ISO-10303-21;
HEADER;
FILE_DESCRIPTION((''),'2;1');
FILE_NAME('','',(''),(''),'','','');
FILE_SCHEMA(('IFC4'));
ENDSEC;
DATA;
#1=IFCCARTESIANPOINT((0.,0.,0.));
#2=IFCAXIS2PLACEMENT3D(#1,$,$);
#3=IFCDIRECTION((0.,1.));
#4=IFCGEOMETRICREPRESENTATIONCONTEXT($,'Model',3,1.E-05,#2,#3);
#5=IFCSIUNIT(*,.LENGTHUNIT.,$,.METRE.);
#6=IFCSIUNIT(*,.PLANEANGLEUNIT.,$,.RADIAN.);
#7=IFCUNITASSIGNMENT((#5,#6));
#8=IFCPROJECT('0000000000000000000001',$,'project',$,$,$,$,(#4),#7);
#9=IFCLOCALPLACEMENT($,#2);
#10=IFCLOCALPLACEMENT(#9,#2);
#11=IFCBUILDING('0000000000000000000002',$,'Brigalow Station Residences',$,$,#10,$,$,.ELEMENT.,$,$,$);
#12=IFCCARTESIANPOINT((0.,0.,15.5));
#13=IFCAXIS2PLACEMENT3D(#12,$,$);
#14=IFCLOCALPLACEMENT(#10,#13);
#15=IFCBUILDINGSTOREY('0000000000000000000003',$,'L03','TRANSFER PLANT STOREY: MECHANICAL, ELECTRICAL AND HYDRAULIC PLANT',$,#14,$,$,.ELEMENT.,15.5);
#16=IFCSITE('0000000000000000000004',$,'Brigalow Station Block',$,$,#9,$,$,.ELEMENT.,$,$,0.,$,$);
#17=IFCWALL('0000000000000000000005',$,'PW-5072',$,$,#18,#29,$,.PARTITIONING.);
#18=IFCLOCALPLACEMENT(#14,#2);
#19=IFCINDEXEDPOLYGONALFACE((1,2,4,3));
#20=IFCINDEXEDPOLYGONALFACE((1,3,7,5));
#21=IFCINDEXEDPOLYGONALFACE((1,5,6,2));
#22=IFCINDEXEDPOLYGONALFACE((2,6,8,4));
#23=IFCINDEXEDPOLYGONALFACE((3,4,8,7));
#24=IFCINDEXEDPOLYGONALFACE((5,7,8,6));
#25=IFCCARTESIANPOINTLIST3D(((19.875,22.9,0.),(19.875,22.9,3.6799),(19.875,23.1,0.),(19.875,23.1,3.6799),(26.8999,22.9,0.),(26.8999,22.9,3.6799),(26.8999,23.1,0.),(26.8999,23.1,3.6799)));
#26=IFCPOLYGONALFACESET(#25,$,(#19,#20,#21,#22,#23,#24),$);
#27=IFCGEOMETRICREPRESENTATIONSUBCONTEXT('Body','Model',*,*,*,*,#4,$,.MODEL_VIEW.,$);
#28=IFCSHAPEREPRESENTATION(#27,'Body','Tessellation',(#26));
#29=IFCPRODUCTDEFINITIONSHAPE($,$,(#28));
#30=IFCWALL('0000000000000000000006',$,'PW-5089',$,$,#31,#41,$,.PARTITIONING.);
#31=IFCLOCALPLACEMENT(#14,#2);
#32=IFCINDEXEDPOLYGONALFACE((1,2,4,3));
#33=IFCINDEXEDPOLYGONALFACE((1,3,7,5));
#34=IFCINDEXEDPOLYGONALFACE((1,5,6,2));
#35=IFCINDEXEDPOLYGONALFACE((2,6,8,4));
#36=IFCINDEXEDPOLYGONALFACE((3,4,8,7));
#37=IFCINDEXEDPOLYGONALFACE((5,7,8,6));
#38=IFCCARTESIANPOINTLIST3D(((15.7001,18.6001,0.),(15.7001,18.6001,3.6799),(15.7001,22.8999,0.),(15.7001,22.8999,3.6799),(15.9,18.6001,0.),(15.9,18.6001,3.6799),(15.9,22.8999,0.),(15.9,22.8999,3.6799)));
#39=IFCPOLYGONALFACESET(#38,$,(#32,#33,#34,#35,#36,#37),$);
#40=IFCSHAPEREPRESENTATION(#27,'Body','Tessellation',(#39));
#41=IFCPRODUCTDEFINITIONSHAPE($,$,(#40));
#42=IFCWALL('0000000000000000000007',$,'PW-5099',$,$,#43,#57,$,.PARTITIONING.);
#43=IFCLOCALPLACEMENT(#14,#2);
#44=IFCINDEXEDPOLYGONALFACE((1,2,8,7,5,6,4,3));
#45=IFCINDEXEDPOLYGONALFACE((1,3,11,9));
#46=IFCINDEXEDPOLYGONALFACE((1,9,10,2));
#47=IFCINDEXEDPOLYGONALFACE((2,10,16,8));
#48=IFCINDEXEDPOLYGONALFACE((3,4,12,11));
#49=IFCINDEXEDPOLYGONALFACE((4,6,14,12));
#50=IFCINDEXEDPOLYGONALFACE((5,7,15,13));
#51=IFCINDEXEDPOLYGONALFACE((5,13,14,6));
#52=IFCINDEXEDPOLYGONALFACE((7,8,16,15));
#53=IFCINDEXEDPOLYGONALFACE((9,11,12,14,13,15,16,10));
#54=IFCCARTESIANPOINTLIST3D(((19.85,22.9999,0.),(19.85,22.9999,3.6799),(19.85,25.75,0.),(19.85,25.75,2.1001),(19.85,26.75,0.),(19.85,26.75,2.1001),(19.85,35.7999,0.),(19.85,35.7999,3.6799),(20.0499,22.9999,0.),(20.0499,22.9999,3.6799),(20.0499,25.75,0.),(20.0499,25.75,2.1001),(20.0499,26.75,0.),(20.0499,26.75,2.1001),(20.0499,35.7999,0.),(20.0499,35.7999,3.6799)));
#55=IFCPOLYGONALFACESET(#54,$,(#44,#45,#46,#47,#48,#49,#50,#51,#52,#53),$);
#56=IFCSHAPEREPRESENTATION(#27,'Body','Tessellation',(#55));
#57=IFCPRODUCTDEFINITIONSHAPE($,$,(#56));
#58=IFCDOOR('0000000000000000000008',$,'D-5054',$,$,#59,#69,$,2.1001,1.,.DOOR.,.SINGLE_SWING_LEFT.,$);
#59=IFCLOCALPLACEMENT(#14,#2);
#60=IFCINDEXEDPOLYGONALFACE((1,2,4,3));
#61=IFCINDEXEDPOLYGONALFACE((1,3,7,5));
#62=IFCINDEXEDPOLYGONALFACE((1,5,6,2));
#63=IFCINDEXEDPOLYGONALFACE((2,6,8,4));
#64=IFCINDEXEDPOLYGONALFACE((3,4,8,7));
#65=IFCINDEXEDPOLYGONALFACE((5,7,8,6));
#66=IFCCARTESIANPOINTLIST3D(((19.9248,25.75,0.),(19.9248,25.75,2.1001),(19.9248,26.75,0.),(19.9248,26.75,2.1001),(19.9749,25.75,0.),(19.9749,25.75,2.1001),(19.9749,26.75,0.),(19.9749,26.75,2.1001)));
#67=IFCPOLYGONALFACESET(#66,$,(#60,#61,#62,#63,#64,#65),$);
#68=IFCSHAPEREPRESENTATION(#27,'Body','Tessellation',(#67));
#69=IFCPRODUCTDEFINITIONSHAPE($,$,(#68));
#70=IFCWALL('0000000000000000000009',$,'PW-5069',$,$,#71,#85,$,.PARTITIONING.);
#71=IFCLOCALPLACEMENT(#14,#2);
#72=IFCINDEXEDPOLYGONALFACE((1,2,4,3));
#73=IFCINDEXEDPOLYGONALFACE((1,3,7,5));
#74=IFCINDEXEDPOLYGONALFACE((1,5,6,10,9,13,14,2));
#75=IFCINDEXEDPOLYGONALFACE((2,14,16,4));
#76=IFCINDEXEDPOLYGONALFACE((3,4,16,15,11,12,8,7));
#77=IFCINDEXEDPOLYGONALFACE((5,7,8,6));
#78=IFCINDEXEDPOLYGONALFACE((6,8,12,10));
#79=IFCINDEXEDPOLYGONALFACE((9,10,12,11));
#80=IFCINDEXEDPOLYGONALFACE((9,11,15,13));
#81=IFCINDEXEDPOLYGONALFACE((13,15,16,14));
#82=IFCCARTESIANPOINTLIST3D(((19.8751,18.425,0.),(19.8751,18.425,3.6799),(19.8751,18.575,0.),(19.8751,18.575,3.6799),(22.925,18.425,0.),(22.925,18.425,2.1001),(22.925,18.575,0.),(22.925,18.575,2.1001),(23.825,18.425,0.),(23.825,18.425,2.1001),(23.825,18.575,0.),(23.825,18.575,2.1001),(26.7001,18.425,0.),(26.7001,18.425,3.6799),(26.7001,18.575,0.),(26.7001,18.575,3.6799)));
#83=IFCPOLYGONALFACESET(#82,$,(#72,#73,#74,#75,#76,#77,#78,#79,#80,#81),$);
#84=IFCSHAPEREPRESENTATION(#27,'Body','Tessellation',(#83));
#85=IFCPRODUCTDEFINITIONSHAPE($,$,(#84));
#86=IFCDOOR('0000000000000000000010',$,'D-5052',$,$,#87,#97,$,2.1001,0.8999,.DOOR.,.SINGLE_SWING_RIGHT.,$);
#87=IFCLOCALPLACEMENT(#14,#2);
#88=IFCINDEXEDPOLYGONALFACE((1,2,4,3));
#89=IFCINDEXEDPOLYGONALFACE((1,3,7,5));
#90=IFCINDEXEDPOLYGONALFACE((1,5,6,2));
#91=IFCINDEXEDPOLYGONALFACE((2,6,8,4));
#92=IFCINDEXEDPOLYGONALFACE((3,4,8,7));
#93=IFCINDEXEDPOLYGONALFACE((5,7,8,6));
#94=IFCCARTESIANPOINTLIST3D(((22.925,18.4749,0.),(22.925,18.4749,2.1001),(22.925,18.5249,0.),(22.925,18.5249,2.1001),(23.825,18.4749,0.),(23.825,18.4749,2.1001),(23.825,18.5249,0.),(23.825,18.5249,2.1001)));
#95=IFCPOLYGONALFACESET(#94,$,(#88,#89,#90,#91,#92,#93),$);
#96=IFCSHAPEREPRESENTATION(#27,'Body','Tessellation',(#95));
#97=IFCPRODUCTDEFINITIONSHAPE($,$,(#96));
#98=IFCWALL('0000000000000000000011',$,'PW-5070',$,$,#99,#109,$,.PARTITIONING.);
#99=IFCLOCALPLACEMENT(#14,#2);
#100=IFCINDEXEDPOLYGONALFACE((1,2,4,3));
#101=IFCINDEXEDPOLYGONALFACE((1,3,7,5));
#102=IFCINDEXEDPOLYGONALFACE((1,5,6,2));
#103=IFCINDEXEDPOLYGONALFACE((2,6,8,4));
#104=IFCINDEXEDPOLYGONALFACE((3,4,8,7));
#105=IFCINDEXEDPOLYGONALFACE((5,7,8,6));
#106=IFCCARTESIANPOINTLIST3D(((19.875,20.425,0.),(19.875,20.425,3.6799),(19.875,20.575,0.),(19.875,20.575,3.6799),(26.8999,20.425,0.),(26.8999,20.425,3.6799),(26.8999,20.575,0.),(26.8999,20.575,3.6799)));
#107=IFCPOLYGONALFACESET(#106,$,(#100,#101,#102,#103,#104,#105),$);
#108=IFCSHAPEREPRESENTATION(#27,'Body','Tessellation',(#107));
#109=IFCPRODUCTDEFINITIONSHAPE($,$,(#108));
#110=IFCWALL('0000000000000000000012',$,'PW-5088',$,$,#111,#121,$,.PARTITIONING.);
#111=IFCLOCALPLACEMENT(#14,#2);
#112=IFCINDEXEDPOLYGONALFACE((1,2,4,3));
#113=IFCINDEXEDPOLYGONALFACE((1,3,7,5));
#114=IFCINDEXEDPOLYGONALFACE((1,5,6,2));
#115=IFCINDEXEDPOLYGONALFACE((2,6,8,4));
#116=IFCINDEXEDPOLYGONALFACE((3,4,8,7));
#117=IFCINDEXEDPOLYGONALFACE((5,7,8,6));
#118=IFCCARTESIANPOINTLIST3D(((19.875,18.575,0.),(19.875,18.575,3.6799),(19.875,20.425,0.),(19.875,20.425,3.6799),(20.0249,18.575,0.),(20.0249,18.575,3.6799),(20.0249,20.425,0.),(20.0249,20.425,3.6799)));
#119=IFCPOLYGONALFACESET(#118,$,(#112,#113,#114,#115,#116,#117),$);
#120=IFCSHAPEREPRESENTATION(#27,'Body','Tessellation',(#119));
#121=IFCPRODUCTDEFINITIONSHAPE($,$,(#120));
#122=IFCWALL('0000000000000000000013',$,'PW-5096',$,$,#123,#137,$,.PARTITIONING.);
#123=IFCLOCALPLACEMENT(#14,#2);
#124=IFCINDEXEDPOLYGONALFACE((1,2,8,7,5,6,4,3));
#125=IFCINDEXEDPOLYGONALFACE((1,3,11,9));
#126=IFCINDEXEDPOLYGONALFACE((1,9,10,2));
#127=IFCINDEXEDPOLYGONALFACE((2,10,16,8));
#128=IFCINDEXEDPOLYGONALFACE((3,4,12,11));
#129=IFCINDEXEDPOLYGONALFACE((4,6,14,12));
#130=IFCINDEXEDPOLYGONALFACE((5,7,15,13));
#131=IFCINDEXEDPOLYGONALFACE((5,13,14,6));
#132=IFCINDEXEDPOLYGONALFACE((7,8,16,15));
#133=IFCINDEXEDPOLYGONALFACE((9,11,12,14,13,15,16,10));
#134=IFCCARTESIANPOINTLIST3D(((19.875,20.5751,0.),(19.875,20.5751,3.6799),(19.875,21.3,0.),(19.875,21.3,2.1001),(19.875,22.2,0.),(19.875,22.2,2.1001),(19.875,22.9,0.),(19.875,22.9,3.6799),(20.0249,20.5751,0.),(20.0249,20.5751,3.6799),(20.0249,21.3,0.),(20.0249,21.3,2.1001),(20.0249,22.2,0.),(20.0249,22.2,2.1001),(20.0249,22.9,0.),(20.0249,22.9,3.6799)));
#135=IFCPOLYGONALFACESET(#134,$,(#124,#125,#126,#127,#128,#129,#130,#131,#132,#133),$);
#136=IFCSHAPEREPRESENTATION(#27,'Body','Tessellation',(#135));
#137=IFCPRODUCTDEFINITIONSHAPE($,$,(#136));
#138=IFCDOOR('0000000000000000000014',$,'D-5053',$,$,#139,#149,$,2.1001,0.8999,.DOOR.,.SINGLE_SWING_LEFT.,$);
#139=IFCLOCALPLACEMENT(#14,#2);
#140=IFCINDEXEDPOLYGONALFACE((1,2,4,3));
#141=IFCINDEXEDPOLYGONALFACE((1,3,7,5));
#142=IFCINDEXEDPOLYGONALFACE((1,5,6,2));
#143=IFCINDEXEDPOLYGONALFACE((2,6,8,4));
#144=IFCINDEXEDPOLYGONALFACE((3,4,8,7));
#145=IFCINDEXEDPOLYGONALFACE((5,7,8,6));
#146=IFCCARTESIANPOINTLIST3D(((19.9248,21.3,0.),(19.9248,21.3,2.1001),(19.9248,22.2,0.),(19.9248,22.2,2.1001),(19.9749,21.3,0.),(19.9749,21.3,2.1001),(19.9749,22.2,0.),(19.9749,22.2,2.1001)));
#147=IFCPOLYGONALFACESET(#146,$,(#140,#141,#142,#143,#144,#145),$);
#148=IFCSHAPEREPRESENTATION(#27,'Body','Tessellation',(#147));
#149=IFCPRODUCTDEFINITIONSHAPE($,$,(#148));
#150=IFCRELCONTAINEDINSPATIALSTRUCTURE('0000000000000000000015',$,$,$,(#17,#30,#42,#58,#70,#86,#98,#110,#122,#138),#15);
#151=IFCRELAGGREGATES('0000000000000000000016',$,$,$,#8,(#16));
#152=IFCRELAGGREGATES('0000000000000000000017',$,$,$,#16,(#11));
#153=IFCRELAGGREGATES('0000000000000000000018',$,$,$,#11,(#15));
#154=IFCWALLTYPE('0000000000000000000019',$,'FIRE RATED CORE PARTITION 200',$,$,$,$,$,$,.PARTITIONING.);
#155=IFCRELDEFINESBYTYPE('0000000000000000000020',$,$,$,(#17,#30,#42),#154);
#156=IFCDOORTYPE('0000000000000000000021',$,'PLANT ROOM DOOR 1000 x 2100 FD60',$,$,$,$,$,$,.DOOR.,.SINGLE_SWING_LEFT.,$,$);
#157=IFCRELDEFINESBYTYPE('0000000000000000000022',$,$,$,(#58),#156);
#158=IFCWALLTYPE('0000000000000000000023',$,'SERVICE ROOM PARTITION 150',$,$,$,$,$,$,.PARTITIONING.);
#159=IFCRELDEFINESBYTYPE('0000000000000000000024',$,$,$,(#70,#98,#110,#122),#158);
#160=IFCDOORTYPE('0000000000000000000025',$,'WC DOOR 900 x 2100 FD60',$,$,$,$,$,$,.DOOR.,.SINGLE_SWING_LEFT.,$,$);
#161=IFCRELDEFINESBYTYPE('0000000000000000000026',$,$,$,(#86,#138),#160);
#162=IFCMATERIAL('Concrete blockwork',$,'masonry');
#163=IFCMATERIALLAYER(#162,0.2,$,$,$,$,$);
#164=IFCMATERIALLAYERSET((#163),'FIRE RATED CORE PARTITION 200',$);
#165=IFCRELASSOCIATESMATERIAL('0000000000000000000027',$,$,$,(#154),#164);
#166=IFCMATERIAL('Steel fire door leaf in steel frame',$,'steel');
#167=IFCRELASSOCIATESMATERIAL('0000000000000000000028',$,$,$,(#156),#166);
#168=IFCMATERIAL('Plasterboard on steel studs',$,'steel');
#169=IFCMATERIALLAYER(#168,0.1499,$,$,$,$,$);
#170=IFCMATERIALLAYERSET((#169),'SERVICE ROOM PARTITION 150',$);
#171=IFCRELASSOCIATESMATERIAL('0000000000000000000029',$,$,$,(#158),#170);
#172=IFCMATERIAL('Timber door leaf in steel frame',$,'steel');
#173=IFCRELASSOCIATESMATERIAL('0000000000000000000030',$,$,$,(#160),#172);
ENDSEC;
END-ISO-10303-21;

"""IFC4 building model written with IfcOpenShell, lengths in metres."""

from ifc_helpers import new_model, si_unit, direction, frame, frame_2d, origin, place, context, subcontext, project, spatial, rectangle, extrude, material, layer, layer_set, type_object, element, fill, save


model = new_model("IFC4")

# Units and contexts
model_context = context("Model", 3, precision=1e-05, world=origin(), true_north=direction((0.0, 1.0)))
body_context = subcontext(model_context, "Body", "Model", "MODEL_VIEW")
ifc_project = project(units=[si_unit("LENGTHUNIT", "METRE"), si_unit("PLANEANGLEUNIT", "RADIAN")], contexts=[model_context])

# Site, building, storey
site_placement = place(None, origin())
site = spatial("IfcSite", under=ifc_project, at=site_placement, Name="Brigalow Station Block", CompositionType="ELEMENT", RefElevation=0.0)
building_placement = place(site_placement, origin())
building = spatial("IfcBuilding", under=site, at=building_placement, Name="Brigalow Station Residences", CompositionType="ELEMENT")
storey_placement = place(building_placement, frame((0.0, 0.0, 15.5)))
storey = spatial("IfcBuildingStorey", under=building, at=storey_placement, Name="L03", Description="TRANSFER PLANT STOREY: MECHANICAL, ELECTRICAL AND HYDRAULIC PLANT", CompositionType="ELEMENT", Elevation=15.5)

# Walls
ifc_material_1 = material(Name="Concrete blockwork", Category="masonry")
ifc_layer_1 = layer(ifc_material_1, 0.2)
ifc_layer_set_1 = layer_set([ifc_layer_1], Name="FIRE RATED CORE PARTITION 200")
wall_type_1 = type_object("IfcWallType", Name="FIRE RATED CORE PARTITION 200", PredefinedType="PARTITIONING", material=ifc_layer_set_1)
wall_1_placement = place(storey_placement, frame((19.875, 23.0, 0.0), z_axis=(0.0, 0.0, 1.0), x_axis=(1.0, 0.0, 0.0)))
element("IfcWall", 1, at=wall_1_placement, inside=storey, type_object=wall_type_1, Name="PW-5072", PredefinedType="PARTITIONING", context=body_context, shape_type="SweptSolid", body=[
    extrude(rectangle(XDim=7.0249, YDim=0.2, at=frame_2d((3.5125, 0.0))), origin(), (0.0, 0.0, 1.0), 3.6799),
])
wall_2_placement = place(storey_placement, frame((15.8, 18.6001, 0.0), z_axis=(0.0, 0.0, 1.0), x_axis=(0.0, 1.0, 0.0)))
element("IfcWall", 2, at=wall_2_placement, inside=storey, type_object=wall_type_1, Name="PW-5089", PredefinedType="PARTITIONING", context=body_context, shape_type="SweptSolid", body=[
    extrude(rectangle(XDim=4.2998, YDim=0.2, at=frame_2d((2.1499, 0.0))), origin(), (0.0, 0.0, 1.0), 3.6799),
])

# Walls, openings, doors
wall_3_placement = place(storey_placement, frame((19.95, 23.0, 0.0), z_axis=(0.0, 0.0, 1.0), x_axis=(0.0, 1.0, 0.0)))
wall_3 = element("IfcWall", 3, at=wall_3_placement, inside=storey, type_object=wall_type_1, Name="PW-5099", PredefinedType="PARTITIONING", context=body_context, shape_type="SweptSolid", body=[
    extrude(rectangle(XDim=12.8, YDim=0.2, at=frame_2d((6.3999, 0.0))), origin(), (0.0, 0.0, 1.0), 3.6799),
])
opening_1_placement = place(wall_3_placement, frame((2.75, 0.0, 0.0)))
opening_1 = element("IfcOpeningElement", 4, at=opening_1_placement, cuts=wall_3, PredefinedType="OPENING", context=body_context, shape_type="SweptSolid", body=[
    extrude(rectangle(XDim=1.0, YDim=2.1001, at=frame_2d((0.5, 1.05))), frame((0.0, 0.1099, 0.0), z_axis=(0.0, -1.0, 0.0), x_axis=(1.0, 0.0, 0.0)), (0.0, 0.0, 1.0), 0.22),
])
ifc_material_2 = material(Name="Steel fire door leaf in steel frame", Category="steel")
door_type_1 = type_object("IfcDoorType", Name="PLANT ROOM DOOR 1000 x 2100 FD60", OperationType="SINGLE_SWING_LEFT", PredefinedType="DOOR", material=ifc_material_2)
door_1_placement = place(opening_1_placement, frame((1.0, 0.0, 0.0), z_axis=(0.0, 0.0, 1.0), x_axis=(-1.0, 0.0, 0.0)))
door_1 = element("IfcDoor", 5, at=door_1_placement, inside=storey, type_object=door_type_1, Name="D-5054", OperationType="SINGLE_SWING_LEFT", OverallHeight=2.1001, OverallWidth=1.0, PredefinedType="DOOR", context=body_context, shape_type="SweptSolid", body=[
    extrude(rectangle(XDim=1.0, YDim=2.1001, at=frame_2d((0.5, 1.05))), frame((0.0, 0.0249, 0.0), z_axis=(0.0, -1.0, 0.0), x_axis=(1.0, 0.0, 0.0)), (0.0, 0.0, 1.0), 0.05),
])
fill(opening_1, door_1)
ifc_material_3 = material(Name="Plasterboard on steel studs", Category="steel")
ifc_layer_2 = layer(ifc_material_3, 0.1499)
ifc_layer_set_2 = layer_set([ifc_layer_2], Name="SERVICE ROOM PARTITION 150")
wall_type_2 = type_object("IfcWallType", Name="SERVICE ROOM PARTITION 150", PredefinedType="PARTITIONING", material=ifc_layer_set_2)
wall_4_placement = place(storey_placement, frame((19.875, 18.5, 0.0), z_axis=(0.0, 0.0, 1.0), x_axis=(1.0, 0.0, 0.0)))
wall_4 = element("IfcWall", 6, at=wall_4_placement, inside=storey, type_object=wall_type_2, Name="PW-5069", PredefinedType="PARTITIONING", context=body_context, shape_type="SweptSolid", body=[
    extrude(rectangle(XDim=6.825, YDim=0.1499, at=frame_2d((3.4126, 0.0))), origin(), (0.0, 0.0, 1.0), 3.6799),
])
opening_2_placement = place(wall_4_placement, frame((3.05, 0.0, 0.0)))
opening_2 = element("IfcOpeningElement", 7, at=opening_2_placement, cuts=wall_4, PredefinedType="OPENING", context=body_context, shape_type="SweptSolid", body=[
    extrude(rectangle(XDim=0.8999, YDim=2.1001, at=frame_2d((0.45, 1.05))), frame((0.0, 0.085, 0.0), z_axis=(0.0, -1.0, 0.0), x_axis=(1.0, 0.0, 0.0)), (0.0, 0.0, 1.0), 0.1699),
])
ifc_material_4 = material(Name="Timber door leaf in steel frame", Category="steel")
door_type_2 = type_object("IfcDoorType", Name="WC DOOR 900 x 2100 FD60", OperationType="SINGLE_SWING_LEFT", PredefinedType="DOOR", material=ifc_material_4)
door_2_placement = place(opening_2_placement, origin())
door_2 = element("IfcDoor", 8, at=door_2_placement, inside=storey, type_object=door_type_2, Name="D-5052", OperationType="SINGLE_SWING_RIGHT", OverallHeight=2.1001, OverallWidth=0.8999, PredefinedType="DOOR", context=body_context, shape_type="SweptSolid", body=[
    extrude(rectangle(XDim=0.8999, YDim=2.1001, at=frame_2d((0.45, 1.05))), frame((0.0, 0.0249, 0.0), z_axis=(0.0, -1.0, 0.0), x_axis=(1.0, 0.0, 0.0)), (0.0, 0.0, 1.0), 0.05),
])
fill(opening_2, door_2)

# Walls
wall_5_placement = place(storey_placement, frame((19.875, 20.5, 0.0), z_axis=(0.0, 0.0, 1.0), x_axis=(1.0, 0.0, 0.0)))
element("IfcWall", 9, at=wall_5_placement, inside=storey, type_object=wall_type_2, Name="PW-5070", PredefinedType="PARTITIONING", context=body_context, shape_type="SweptSolid", body=[
    extrude(rectangle(XDim=7.0249, YDim=0.1499, at=frame_2d((3.5125, 0.0))), origin(), (0.0, 0.0, 1.0), 3.6799),
])
wall_6_placement = place(storey_placement, frame((19.95, 18.575, 0.0), z_axis=(0.0, 0.0, 1.0), x_axis=(0.0, 1.0, 0.0)))
element("IfcWall", 10, at=wall_6_placement, inside=storey, type_object=wall_type_2, Name="PW-5088", PredefinedType="PARTITIONING", context=body_context, shape_type="SweptSolid", body=[
    extrude(rectangle(XDim=1.8501, YDim=0.1499, at=frame_2d((0.925, 0.0))), origin(), (0.0, 0.0, 1.0), 3.6799),
])

# Wall, opening, door
wall_7_placement = place(storey_placement, frame((19.95, 20.575, 0.0), z_axis=(0.0, 0.0, 1.0), x_axis=(0.0, 1.0, 0.0)))
wall_7 = element("IfcWall", 11, at=wall_7_placement, inside=storey, type_object=wall_type_2, Name="PW-5096", PredefinedType="PARTITIONING", context=body_context, shape_type="SweptSolid", body=[
    extrude(rectangle(XDim=2.325, YDim=0.1499, at=frame_2d((1.1626, 0.0))), origin(), (0.0, 0.0, 1.0), 3.6799),
])
opening_3_placement = place(wall_7_placement, frame((0.7251, 0.0, 0.0)))
opening_3 = element("IfcOpeningElement", 12, at=opening_3_placement, cuts=wall_7, PredefinedType="OPENING", context=body_context, shape_type="SweptSolid", body=[
    extrude(rectangle(XDim=0.8999, YDim=2.1001, at=frame_2d((0.45, 1.05))), frame((0.0, 0.085, 0.0), z_axis=(0.0, -1.0, 0.0), x_axis=(1.0, 0.0, 0.0)), (0.0, 0.0, 1.0), 0.1699),
])
door_3_placement = place(opening_3_placement, frame((0.8999, 0.0, 0.0), z_axis=(0.0, 0.0, 1.0), x_axis=(-1.0, 0.0, 0.0)))
door_3 = element("IfcDoor", 13, at=door_3_placement, inside=storey, type_object=door_type_2, Name="D-5053", OperationType="SINGLE_SWING_LEFT", OverallHeight=2.1001, OverallWidth=0.8999, PredefinedType="DOOR", context=body_context, shape_type="SweptSolid", body=[
    extrude(rectangle(XDim=0.8999, YDim=2.1001, at=frame_2d((0.45, 1.05))), frame((0.0, 0.0249, 0.0), z_axis=(0.0, -1.0, 0.0), x_axis=(1.0, 0.0, 0.0)), (0.0, 0.0, 1.0), 0.05),
])
fill(opening_3, door_3)

save(model, "model.ifc")
